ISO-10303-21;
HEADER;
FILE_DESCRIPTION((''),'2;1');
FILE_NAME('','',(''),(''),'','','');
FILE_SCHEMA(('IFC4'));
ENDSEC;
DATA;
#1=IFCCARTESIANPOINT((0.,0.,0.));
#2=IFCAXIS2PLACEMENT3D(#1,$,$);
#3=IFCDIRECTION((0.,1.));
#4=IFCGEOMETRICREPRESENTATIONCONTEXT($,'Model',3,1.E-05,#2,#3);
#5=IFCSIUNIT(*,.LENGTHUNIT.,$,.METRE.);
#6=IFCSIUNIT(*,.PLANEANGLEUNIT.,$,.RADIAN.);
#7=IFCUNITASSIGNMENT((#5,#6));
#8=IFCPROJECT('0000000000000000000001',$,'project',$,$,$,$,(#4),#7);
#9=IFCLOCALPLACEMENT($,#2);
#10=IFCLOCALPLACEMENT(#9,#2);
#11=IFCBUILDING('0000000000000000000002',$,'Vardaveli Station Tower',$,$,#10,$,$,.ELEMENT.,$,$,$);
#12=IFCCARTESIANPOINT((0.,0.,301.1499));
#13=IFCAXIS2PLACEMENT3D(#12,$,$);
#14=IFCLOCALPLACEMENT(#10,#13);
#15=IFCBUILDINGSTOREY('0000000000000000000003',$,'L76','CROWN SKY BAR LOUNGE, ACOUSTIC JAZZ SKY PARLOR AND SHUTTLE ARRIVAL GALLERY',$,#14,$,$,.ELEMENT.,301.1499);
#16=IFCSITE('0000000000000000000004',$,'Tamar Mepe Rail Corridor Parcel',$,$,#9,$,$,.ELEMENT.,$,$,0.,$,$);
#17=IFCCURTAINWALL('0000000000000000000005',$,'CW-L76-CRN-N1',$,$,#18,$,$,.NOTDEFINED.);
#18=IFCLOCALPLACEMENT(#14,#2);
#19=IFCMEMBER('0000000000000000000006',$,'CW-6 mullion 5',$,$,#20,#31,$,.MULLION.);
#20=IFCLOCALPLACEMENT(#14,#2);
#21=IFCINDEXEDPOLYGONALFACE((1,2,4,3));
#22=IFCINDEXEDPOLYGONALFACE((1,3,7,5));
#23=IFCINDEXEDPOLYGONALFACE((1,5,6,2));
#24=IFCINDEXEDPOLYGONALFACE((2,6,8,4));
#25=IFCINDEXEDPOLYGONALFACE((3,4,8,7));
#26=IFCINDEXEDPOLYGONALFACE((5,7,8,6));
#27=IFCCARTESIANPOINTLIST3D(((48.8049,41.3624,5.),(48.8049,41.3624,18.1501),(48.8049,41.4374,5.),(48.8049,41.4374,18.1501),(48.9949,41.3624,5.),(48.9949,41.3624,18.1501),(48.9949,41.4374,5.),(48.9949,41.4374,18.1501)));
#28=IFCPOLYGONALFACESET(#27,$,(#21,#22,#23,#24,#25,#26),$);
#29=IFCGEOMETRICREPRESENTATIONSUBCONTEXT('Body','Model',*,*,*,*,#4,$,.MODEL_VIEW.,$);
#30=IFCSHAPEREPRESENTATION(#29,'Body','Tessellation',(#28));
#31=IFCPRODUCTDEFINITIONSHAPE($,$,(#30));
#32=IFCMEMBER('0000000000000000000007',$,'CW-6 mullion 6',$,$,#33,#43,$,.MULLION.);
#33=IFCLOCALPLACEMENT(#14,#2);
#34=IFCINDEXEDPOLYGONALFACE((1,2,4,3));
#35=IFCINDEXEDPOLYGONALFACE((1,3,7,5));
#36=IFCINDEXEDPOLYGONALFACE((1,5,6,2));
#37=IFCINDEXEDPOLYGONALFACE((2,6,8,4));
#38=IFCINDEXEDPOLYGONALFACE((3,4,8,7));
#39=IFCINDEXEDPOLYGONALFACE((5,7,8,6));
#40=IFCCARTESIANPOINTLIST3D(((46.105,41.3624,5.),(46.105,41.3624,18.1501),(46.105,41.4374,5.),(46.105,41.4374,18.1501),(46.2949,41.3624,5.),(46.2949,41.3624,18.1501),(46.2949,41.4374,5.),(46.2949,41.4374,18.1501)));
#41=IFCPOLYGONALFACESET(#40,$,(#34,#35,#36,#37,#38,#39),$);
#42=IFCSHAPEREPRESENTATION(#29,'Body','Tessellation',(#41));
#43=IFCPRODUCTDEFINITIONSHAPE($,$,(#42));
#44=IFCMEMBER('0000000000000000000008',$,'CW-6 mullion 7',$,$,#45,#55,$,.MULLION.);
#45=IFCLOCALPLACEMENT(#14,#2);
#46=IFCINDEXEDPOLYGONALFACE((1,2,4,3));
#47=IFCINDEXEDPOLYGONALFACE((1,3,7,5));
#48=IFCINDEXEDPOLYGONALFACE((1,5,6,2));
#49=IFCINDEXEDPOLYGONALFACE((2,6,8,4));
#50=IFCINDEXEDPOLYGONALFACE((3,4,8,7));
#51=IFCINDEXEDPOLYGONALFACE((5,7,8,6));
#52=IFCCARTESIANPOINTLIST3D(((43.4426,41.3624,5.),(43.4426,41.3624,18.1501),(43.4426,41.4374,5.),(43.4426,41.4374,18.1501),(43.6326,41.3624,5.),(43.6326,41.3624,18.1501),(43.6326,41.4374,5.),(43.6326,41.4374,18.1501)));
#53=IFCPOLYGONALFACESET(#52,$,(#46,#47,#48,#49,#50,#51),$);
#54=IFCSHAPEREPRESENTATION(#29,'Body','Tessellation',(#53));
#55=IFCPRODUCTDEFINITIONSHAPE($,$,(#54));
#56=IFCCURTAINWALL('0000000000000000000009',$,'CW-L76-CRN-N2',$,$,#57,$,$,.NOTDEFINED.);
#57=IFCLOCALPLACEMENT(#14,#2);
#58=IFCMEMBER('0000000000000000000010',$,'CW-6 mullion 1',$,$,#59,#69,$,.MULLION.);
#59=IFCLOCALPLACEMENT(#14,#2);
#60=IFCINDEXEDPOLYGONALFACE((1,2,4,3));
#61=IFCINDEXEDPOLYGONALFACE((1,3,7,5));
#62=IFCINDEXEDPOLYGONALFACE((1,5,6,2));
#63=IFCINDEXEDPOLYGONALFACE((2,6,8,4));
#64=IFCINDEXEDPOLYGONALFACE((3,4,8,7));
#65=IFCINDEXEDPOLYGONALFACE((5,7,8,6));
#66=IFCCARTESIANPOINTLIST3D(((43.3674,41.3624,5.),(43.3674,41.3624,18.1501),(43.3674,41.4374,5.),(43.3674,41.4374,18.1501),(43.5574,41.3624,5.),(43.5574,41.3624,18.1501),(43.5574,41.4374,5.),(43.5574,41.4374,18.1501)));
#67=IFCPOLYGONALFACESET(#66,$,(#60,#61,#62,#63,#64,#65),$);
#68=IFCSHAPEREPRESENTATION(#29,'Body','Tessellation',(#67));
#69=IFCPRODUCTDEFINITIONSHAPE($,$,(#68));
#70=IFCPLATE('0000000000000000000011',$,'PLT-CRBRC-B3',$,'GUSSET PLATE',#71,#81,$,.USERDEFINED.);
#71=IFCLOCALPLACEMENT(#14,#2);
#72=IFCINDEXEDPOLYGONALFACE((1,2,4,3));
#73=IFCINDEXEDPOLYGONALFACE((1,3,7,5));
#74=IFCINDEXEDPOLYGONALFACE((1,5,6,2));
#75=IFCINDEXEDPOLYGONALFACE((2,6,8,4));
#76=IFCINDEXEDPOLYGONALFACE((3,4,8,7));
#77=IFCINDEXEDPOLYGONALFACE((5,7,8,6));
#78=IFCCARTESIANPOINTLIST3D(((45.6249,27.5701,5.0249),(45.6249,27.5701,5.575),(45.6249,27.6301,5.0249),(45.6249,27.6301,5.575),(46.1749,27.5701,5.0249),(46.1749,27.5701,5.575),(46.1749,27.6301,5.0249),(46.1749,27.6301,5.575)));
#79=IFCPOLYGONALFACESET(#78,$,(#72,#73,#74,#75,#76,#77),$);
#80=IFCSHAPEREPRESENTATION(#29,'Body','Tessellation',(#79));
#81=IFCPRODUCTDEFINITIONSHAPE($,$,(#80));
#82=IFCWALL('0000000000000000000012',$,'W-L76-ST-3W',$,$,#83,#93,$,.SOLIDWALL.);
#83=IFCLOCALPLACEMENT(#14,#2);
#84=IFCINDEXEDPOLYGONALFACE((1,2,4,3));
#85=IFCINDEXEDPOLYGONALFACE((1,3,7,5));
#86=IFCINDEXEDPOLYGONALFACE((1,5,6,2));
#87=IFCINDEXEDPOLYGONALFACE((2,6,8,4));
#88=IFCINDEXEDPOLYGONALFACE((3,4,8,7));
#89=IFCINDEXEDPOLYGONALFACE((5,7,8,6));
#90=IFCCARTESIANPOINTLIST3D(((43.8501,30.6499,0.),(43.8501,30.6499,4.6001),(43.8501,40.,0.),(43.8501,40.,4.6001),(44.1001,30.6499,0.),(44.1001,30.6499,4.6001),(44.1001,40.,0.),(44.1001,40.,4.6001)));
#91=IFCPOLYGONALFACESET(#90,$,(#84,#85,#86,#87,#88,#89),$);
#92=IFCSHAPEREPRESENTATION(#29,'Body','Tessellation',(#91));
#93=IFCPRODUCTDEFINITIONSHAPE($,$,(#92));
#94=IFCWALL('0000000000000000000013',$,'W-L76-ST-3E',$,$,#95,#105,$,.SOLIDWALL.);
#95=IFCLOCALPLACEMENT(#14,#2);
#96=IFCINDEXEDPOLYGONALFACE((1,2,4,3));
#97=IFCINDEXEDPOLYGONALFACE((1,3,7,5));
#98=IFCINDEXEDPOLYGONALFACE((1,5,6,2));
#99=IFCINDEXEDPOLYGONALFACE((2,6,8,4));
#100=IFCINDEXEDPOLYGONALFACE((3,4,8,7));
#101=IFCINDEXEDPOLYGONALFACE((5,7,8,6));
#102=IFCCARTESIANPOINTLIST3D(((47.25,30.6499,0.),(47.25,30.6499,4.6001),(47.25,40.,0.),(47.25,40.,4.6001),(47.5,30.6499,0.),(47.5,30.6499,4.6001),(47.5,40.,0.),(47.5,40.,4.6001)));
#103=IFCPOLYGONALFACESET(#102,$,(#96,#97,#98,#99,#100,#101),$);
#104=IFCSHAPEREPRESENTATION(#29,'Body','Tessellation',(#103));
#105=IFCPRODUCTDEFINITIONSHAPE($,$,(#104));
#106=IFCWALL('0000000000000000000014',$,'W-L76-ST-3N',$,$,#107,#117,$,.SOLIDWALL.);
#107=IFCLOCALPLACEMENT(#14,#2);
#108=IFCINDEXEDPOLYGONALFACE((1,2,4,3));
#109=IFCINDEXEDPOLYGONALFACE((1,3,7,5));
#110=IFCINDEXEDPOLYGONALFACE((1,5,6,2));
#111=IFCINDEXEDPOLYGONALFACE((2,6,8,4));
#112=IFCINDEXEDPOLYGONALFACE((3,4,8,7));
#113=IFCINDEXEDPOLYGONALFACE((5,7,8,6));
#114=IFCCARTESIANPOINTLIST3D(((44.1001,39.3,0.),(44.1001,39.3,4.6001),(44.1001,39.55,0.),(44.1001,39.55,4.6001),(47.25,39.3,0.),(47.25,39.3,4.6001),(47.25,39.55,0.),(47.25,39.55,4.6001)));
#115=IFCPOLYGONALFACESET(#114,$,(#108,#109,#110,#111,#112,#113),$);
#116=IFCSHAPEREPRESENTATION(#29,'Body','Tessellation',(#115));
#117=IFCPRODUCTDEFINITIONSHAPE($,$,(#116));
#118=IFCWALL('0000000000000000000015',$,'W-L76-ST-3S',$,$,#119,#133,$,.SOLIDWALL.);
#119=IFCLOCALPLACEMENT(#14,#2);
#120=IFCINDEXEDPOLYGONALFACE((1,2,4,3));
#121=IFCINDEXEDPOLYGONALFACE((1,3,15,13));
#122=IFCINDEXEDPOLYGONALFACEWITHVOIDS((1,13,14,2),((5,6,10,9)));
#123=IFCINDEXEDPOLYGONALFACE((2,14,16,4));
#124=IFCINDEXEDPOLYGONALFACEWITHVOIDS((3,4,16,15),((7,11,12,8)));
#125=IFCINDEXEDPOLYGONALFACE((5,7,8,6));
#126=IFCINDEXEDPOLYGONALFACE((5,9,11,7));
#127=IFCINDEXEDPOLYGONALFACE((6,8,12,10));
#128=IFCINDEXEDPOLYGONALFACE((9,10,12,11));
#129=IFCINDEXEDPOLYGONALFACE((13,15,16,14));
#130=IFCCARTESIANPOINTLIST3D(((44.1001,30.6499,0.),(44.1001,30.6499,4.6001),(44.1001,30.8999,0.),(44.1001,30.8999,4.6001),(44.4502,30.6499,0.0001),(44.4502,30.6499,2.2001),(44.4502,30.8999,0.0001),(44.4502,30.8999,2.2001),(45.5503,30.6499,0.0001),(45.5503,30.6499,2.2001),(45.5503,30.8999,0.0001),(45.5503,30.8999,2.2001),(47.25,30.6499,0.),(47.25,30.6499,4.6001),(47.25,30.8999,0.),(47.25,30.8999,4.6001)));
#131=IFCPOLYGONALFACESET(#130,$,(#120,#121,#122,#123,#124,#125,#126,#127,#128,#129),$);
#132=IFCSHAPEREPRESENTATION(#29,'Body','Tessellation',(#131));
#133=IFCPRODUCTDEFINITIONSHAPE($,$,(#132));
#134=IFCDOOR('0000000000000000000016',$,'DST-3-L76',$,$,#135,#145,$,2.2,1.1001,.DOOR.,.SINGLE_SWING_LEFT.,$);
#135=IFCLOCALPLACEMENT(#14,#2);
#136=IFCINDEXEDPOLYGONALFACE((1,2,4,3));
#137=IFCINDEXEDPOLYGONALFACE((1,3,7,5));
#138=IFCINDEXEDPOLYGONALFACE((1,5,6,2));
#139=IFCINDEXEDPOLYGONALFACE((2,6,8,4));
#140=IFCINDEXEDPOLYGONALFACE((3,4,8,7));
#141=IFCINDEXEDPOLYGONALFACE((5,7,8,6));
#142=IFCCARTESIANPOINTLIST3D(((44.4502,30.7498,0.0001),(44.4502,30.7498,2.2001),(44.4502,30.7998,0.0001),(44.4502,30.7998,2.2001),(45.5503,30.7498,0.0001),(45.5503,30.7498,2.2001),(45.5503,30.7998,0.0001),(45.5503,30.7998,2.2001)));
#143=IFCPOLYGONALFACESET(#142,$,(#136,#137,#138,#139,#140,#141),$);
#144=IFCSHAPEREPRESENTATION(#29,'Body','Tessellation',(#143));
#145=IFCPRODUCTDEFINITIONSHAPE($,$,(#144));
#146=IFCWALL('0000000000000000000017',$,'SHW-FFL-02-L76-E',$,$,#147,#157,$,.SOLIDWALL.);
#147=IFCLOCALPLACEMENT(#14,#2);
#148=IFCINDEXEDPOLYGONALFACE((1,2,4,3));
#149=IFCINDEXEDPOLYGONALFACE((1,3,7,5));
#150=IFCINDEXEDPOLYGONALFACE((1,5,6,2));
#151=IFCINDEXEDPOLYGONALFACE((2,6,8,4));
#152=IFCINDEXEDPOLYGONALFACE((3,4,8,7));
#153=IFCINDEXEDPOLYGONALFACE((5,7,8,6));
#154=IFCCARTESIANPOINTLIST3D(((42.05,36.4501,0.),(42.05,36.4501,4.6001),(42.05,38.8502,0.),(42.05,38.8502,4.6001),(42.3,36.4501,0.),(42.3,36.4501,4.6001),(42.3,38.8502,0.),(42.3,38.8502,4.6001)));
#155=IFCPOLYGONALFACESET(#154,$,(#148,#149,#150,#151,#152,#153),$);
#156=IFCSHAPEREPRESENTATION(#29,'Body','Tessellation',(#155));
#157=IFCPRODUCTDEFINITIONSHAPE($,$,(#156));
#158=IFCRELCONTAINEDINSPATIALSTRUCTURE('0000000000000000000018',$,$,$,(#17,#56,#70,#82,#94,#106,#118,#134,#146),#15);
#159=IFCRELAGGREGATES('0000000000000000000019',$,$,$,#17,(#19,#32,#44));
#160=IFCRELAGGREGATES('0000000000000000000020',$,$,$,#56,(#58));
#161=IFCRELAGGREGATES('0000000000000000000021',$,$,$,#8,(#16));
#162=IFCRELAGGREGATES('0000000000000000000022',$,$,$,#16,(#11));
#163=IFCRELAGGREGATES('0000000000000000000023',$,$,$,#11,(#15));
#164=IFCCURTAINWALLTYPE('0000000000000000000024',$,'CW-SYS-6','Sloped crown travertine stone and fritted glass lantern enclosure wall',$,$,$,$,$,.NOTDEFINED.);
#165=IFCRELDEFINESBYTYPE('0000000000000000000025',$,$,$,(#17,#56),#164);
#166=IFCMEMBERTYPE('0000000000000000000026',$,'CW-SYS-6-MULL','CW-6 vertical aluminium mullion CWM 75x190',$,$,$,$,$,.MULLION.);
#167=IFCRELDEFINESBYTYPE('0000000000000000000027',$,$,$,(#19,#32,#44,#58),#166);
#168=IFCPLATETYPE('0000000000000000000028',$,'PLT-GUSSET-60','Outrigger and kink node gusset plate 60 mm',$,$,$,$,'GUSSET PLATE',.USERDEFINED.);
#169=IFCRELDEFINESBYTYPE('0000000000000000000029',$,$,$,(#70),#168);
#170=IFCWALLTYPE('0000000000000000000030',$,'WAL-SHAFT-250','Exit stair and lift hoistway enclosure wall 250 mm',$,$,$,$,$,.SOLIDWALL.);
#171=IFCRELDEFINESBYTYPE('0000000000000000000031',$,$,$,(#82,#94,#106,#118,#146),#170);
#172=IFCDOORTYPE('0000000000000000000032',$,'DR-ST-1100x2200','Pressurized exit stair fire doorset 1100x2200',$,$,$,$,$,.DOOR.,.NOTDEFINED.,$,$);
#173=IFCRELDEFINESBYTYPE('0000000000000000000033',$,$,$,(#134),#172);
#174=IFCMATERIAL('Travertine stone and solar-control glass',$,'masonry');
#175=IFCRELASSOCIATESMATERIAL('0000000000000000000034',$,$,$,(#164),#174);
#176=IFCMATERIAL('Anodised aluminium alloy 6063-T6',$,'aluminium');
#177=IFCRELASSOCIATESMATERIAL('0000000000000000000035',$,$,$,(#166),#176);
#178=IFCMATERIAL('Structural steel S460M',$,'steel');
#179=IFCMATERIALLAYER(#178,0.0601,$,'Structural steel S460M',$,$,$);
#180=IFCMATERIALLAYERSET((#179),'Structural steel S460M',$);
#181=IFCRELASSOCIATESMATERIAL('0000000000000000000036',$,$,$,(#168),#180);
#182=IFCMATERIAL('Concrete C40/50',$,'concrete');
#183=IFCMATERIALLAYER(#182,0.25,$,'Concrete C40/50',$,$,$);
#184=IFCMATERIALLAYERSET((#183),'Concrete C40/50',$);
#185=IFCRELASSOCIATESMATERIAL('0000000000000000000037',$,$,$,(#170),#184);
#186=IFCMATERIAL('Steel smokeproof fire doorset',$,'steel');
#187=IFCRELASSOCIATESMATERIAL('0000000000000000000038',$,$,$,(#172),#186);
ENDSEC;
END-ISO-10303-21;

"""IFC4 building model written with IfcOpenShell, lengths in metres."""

from ifc_helpers import new_model, si_unit, direction, frame, frame_2d, origin, origin_2d, place, context, subcontext, project, spatial, rectangle, extrude, source, transform, mapped, material, layer, layer_set, material_profile, profile_set, type_object, element, fill, aggregate, save


model = new_model("IFC4")

# Units and contexts
model_context = context("Model", 3, precision=1e-05, world=origin(), true_north=direction((0.0, 1.0)))
body_context = subcontext(model_context, "Body", "Model", "MODEL_VIEW")
ifc_project = project(units=[si_unit("LENGTHUNIT", "METRE"), si_unit("PLANEANGLEUNIT", "RADIAN")], contexts=[model_context])

# Site, building, storey
site_placement = place(None, origin())
site = spatial("IfcSite", under=ifc_project, at=site_placement, Name="Tamar Mepe Rail Corridor Parcel", CompositionType="ELEMENT", RefElevation=0.0)
building_placement = place(site_placement, origin())
building = spatial("IfcBuilding", under=site, at=building_placement, Name="Vardaveli Station Tower", CompositionType="ELEMENT")
storey_placement = place(building_placement, frame((0.0, 0.0, 301.1499)))
storey = spatial("IfcBuildingStorey", under=building, at=storey_placement, Name="L76", Description="CROWN SKY BAR LOUNGE, ACOUSTIC JAZZ SKY PARLOR AND SHUTTLE ARRIVAL GALLERY", CompositionType="ELEMENT", Elevation=301.1499)

# Shared definitions
ifc_material_1 = material(Name="Structural steel S460M", Category="steel")

# Curtain wall, members
ifc_material_2 = material(Name="Travertine stone and solar-control glass", Category="masonry")
curtain_wall_type = type_object("IfcCurtainWallType", Name="CW-SYS-6", Description="Sloped crown travertine stone and fritted glass lantern enclosure wall", PredefinedType="NOTDEFINED", material=ifc_material_2)
curtain_wall_1_placement = place(storey_placement, origin())
curtain_wall_1 = element("IfcCurtainWall", 1, at=curtain_wall_1_placement, inside=storey, type_object=curtain_wall_type, Name="CW-L76-CRN-N1", PredefinedType="NOTDEFINED")
ifc_material_3 = material(Name="Anodised aluminium alloy 6063-T6", Category="aluminium")
ifc_material_profile_1 = material_profile(ifc_material_3, rectangle(XDim=0.075, YDim=0.1899, at=origin_2d()), Name="CWM 75x190")
ifc_profile_set_1 = profile_set([ifc_material_profile_1], Name="Anodised aluminium alloy 6063-T6")
member_type = type_object("IfcMemberType", Name="CW-SYS-6-MULL", Description="CW-6 vertical aluminium mullion CWM 75x190", PredefinedType="MULLION", material=ifc_profile_set_1)
shared_shape_1 = source(origin(), body_context, "Body", "SweptSolid", [
    extrude(rectangle(XDim=0.075, YDim=0.1899, at=origin_2d()), origin(), (0.0, 0.0, 1.0), 13.1501),
])
member_1_placement = place(storey_placement, frame((48.8999, 41.3999, 5.0), z_axis=(0.0, 0.0, 1.0), x_axis=(0.0, -1.0, 0.0)))
member_1 = element("IfcMember", 2, at=member_1_placement, type_object=member_type, Name="CW-6 mullion 5", PredefinedType="MULLION", context=body_context, shape_type="MappedRepresentation", body=[
    mapped(shared_shape_1, transform((0.0, 0.0, 0.0), scale=1.0)),
])
member_2_placement = place(storey_placement, frame((46.2, 41.3999, 5.0), z_axis=(0.0, 0.0, 1.0), x_axis=(0.0, -1.0, 0.0)))
member_2 = element("IfcMember", 3, at=member_2_placement, type_object=member_type, Name="CW-6 mullion 6", PredefinedType="MULLION", context=body_context, shape_type="MappedRepresentation", body=[
    mapped(shared_shape_1, transform((0.0, 0.0, 0.0), scale=1.0)),
])
member_3_placement = place(storey_placement, frame((43.5376, 41.3999, 5.0), z_axis=(0.0, 0.0, 1.0), x_axis=(0.0, -1.0, 0.0)))
member_3 = element("IfcMember", 4, at=member_3_placement, type_object=member_type, Name="CW-6 mullion 7", PredefinedType="MULLION", context=body_context, shape_type="MappedRepresentation", body=[
    mapped(shared_shape_1, transform((0.0, 0.0, 0.0), scale=1.0)),
])
aggregate(curtain_wall_1, [member_1, member_2, member_3])

# Curtain wall, member
curtain_wall_2_placement = place(storey_placement, origin())
curtain_wall_2 = element("IfcCurtainWall", 5, at=curtain_wall_2_placement, inside=storey, type_object=curtain_wall_type, Name="CW-L76-CRN-N2", PredefinedType="NOTDEFINED")
member_4_placement = place(storey_placement, frame((43.4624, 41.3999, 5.0), z_axis=(0.0, 0.0, 1.0), x_axis=(0.0, -1.0, 0.0)))
member_4 = element("IfcMember", 6, at=member_4_placement, type_object=member_type, Name="CW-6 mullion 1", PredefinedType="MULLION", context=body_context, shape_type="MappedRepresentation", body=[
    mapped(shared_shape_1, transform((0.0, 0.0, 0.0), scale=1.0)),
])
aggregate(curtain_wall_2, [member_4])

# Plate
ifc_layer_1 = layer(ifc_material_1, 0.0601, Name="Structural steel S460M")
ifc_layer_set_1 = layer_set([ifc_layer_1], Name="Structural steel S460M")
plate_type = type_object("IfcPlateType", Name="PLT-GUSSET-60", Description="Outrigger and kink node gusset plate 60 mm", ElementType="GUSSET PLATE", PredefinedType="USERDEFINED", material=ifc_layer_set_1)
shared_shape_2 = source(origin(), body_context, "Body", "SweptSolid", [
    extrude(rectangle(XDim=0.55, YDim=0.0601, at=origin_2d()), origin(), (0.0, 0.0, 1.0), 0.55),
])
plate_placement = place(storey_placement, frame((45.8999, 27.6001, 5.0249), z_axis=(0.0, 0.0, 1.0), x_axis=(-1.0, 0.0, 0.0)))
element("IfcPlate", 7, at=plate_placement, inside=storey, type_object=plate_type, Name="PLT-CRBRC-B3", ObjectType="GUSSET PLATE", PredefinedType="USERDEFINED", context=body_context, shape_type="MappedRepresentation", body=[
    mapped(shared_shape_2, transform((0.0, 0.0, 0.0), scale=1.0)),
])

# Walls
ifc_material_4 = material(Name="Concrete C40/50", Category="concrete")
ifc_layer_2 = layer(ifc_material_4, 0.25, Name="Concrete C40/50")
ifc_layer_set_2 = layer_set([ifc_layer_2], Name="Concrete C40/50")
wall_type_1 = type_object("IfcWallType", Name="WAL-SHAFT-250", Description="Exit stair and lift hoistway enclosure wall 250 mm", PredefinedType="SOLIDWALL", material=ifc_layer_set_2)
shared_shape_3 = source(origin(), body_context, "Body", "SweptSolid", [
    extrude(rectangle(XDim=9.3501, YDim=0.25, at=frame_2d((4.675, 0.0))), origin(), (0.0, 0.0, 1.0), 4.6001),
])
for number, where, z_axis, x_axis, name in (
    (8, (43.9751, 30.6499, 0.0), (0.0, 0.0, 1.0), (0.0, 1.0, 0.0), "W-L76-ST-3W"),
    (9, (47.375, 30.6499, 0.0), (0.0, 0.0, 1.0), (0.0, 1.0, 0.0), "W-L76-ST-3E"),
):
    element("IfcWall", number, at=place(storey_placement, frame(where, z_axis=z_axis, x_axis=x_axis)), inside=storey, type_object=wall_type_1, Name=name, PredefinedType="SOLIDWALL", context=body_context, shape_type="MappedRepresentation", body=[
        mapped(shared_shape_3, transform((0.0, 0.0, 0.0), scale=1.0)),
    ])
shared_shape_4 = source(origin(), body_context, "Body", "SweptSolid", [
    extrude(rectangle(XDim=3.1499, YDim=0.25, at=frame_2d((1.575, 0.0))), origin(), (0.0, 0.0, 1.0), 4.6001),
])
wall_1_placement = place(storey_placement, frame((44.1001, 39.425, 0.0), z_axis=(0.0, 0.0, 1.0), x_axis=(1.0, 0.0, 0.0)))
element("IfcWall", 10, at=wall_1_placement, inside=storey, type_object=wall_type_1, Name="W-L76-ST-3N", PredefinedType="SOLIDWALL", context=body_context, shape_type="MappedRepresentation", body=[
    mapped(shared_shape_4, transform((0.0, 0.0, 0.0), scale=1.0)),
])

# Wall, opening, door
wall_2_placement = place(storey_placement, frame((44.1001, 30.7749, 0.0), z_axis=(0.0, 0.0, 1.0), x_axis=(1.0, 0.0, 0.0)))
wall_2 = element("IfcWall", 11, at=wall_2_placement, inside=storey, type_object=wall_type_1, Name="W-L76-ST-3S", PredefinedType="SOLIDWALL", context=body_context, shape_type="MappedRepresentation", body=[
    mapped(shared_shape_4, transform((0.0, 0.0, 0.0), scale=1.0)),
])
shared_shape_5 = source(origin(), body_context, "Body", "SweptSolid", [
    extrude(rectangle(XDim=1.1001, YDim=2.2, at=frame_2d((0.55, 1.1001))), frame((0.0, 0.135, 0.0), z_axis=(0.0, -1.0, 0.0), x_axis=(1.0, 0.0, 0.0)), (0.0, 0.0, 1.0), 0.27),
])
opening_1_placement = place(wall_2_placement, frame((0.3501, 0.0, 0.0)))
opening_1 = element("IfcOpeningElement", 12, at=opening_1_placement, cuts=wall_2, PredefinedType="OPENING", context=body_context, shape_type="MappedRepresentation", body=[
    mapped(shared_shape_5, transform((0.0, 0.0, 0.0), scale=1.0)),
])
ifc_material_5 = material(Name="Steel smokeproof fire doorset", Category="steel")
door_type_1 = type_object("IfcDoorType", Name="DR-ST-1100x2200", Description="Pressurized exit stair fire doorset 1100x2200", OperationType="NOTDEFINED", PredefinedType="DOOR", material=ifc_material_5)
shared_shape_6 = source(origin(), body_context, "Body", "SweptSolid", [
    extrude(rectangle(XDim=1.1001, YDim=2.2, at=frame_2d((0.55, 1.1001))), frame((0.0, 0.0249, 0.0), z_axis=(0.0, -1.0, 0.0), x_axis=(1.0, 0.0, 0.0)), (0.0, 0.0, 1.0), 0.05),
])
door_1_placement = place(opening_1_placement, origin())
door_1 = element("IfcDoor", 13, at=door_1_placement, inside=storey, type_object=door_type_1, Name="DST-3-L76", OperationType="SINGLE_SWING_LEFT", OverallHeight=2.2, OverallWidth=1.1001, PredefinedType="DOOR", context=body_context, shape_type="MappedRepresentation", body=[
    mapped(shared_shape_6, transform((0.0, 0.0, 0.0), scale=1.0)),
])
fill(opening_1, door_1)

# Wall
shared_shape_7 = source(origin(), body_context, "Body", "SweptSolid", [
    extrude(rectangle(XDim=2.4001, YDim=0.25, at=frame_2d((1.2002, 0.0))), origin(), (0.0, 0.0, 1.0), 4.6001),
])
wall_3_placement = place(storey_placement, frame((42.175, 36.45, 0.0), z_axis=(0.0, 0.0, 1.0), x_axis=(0.0, 1.0, 0.0)))
element("IfcWall", 14, at=wall_3_placement, inside=storey, type_object=wall_type_1, Name="SHW-FFL-02-L76-E", PredefinedType="SOLIDWALL", context=body_context, shape_type="MappedRepresentation", body=[
    mapped(shared_shape_7, transform((0.0, 0.0, 0.0), scale=1.0)),
])

save(model, "model.ifc")
